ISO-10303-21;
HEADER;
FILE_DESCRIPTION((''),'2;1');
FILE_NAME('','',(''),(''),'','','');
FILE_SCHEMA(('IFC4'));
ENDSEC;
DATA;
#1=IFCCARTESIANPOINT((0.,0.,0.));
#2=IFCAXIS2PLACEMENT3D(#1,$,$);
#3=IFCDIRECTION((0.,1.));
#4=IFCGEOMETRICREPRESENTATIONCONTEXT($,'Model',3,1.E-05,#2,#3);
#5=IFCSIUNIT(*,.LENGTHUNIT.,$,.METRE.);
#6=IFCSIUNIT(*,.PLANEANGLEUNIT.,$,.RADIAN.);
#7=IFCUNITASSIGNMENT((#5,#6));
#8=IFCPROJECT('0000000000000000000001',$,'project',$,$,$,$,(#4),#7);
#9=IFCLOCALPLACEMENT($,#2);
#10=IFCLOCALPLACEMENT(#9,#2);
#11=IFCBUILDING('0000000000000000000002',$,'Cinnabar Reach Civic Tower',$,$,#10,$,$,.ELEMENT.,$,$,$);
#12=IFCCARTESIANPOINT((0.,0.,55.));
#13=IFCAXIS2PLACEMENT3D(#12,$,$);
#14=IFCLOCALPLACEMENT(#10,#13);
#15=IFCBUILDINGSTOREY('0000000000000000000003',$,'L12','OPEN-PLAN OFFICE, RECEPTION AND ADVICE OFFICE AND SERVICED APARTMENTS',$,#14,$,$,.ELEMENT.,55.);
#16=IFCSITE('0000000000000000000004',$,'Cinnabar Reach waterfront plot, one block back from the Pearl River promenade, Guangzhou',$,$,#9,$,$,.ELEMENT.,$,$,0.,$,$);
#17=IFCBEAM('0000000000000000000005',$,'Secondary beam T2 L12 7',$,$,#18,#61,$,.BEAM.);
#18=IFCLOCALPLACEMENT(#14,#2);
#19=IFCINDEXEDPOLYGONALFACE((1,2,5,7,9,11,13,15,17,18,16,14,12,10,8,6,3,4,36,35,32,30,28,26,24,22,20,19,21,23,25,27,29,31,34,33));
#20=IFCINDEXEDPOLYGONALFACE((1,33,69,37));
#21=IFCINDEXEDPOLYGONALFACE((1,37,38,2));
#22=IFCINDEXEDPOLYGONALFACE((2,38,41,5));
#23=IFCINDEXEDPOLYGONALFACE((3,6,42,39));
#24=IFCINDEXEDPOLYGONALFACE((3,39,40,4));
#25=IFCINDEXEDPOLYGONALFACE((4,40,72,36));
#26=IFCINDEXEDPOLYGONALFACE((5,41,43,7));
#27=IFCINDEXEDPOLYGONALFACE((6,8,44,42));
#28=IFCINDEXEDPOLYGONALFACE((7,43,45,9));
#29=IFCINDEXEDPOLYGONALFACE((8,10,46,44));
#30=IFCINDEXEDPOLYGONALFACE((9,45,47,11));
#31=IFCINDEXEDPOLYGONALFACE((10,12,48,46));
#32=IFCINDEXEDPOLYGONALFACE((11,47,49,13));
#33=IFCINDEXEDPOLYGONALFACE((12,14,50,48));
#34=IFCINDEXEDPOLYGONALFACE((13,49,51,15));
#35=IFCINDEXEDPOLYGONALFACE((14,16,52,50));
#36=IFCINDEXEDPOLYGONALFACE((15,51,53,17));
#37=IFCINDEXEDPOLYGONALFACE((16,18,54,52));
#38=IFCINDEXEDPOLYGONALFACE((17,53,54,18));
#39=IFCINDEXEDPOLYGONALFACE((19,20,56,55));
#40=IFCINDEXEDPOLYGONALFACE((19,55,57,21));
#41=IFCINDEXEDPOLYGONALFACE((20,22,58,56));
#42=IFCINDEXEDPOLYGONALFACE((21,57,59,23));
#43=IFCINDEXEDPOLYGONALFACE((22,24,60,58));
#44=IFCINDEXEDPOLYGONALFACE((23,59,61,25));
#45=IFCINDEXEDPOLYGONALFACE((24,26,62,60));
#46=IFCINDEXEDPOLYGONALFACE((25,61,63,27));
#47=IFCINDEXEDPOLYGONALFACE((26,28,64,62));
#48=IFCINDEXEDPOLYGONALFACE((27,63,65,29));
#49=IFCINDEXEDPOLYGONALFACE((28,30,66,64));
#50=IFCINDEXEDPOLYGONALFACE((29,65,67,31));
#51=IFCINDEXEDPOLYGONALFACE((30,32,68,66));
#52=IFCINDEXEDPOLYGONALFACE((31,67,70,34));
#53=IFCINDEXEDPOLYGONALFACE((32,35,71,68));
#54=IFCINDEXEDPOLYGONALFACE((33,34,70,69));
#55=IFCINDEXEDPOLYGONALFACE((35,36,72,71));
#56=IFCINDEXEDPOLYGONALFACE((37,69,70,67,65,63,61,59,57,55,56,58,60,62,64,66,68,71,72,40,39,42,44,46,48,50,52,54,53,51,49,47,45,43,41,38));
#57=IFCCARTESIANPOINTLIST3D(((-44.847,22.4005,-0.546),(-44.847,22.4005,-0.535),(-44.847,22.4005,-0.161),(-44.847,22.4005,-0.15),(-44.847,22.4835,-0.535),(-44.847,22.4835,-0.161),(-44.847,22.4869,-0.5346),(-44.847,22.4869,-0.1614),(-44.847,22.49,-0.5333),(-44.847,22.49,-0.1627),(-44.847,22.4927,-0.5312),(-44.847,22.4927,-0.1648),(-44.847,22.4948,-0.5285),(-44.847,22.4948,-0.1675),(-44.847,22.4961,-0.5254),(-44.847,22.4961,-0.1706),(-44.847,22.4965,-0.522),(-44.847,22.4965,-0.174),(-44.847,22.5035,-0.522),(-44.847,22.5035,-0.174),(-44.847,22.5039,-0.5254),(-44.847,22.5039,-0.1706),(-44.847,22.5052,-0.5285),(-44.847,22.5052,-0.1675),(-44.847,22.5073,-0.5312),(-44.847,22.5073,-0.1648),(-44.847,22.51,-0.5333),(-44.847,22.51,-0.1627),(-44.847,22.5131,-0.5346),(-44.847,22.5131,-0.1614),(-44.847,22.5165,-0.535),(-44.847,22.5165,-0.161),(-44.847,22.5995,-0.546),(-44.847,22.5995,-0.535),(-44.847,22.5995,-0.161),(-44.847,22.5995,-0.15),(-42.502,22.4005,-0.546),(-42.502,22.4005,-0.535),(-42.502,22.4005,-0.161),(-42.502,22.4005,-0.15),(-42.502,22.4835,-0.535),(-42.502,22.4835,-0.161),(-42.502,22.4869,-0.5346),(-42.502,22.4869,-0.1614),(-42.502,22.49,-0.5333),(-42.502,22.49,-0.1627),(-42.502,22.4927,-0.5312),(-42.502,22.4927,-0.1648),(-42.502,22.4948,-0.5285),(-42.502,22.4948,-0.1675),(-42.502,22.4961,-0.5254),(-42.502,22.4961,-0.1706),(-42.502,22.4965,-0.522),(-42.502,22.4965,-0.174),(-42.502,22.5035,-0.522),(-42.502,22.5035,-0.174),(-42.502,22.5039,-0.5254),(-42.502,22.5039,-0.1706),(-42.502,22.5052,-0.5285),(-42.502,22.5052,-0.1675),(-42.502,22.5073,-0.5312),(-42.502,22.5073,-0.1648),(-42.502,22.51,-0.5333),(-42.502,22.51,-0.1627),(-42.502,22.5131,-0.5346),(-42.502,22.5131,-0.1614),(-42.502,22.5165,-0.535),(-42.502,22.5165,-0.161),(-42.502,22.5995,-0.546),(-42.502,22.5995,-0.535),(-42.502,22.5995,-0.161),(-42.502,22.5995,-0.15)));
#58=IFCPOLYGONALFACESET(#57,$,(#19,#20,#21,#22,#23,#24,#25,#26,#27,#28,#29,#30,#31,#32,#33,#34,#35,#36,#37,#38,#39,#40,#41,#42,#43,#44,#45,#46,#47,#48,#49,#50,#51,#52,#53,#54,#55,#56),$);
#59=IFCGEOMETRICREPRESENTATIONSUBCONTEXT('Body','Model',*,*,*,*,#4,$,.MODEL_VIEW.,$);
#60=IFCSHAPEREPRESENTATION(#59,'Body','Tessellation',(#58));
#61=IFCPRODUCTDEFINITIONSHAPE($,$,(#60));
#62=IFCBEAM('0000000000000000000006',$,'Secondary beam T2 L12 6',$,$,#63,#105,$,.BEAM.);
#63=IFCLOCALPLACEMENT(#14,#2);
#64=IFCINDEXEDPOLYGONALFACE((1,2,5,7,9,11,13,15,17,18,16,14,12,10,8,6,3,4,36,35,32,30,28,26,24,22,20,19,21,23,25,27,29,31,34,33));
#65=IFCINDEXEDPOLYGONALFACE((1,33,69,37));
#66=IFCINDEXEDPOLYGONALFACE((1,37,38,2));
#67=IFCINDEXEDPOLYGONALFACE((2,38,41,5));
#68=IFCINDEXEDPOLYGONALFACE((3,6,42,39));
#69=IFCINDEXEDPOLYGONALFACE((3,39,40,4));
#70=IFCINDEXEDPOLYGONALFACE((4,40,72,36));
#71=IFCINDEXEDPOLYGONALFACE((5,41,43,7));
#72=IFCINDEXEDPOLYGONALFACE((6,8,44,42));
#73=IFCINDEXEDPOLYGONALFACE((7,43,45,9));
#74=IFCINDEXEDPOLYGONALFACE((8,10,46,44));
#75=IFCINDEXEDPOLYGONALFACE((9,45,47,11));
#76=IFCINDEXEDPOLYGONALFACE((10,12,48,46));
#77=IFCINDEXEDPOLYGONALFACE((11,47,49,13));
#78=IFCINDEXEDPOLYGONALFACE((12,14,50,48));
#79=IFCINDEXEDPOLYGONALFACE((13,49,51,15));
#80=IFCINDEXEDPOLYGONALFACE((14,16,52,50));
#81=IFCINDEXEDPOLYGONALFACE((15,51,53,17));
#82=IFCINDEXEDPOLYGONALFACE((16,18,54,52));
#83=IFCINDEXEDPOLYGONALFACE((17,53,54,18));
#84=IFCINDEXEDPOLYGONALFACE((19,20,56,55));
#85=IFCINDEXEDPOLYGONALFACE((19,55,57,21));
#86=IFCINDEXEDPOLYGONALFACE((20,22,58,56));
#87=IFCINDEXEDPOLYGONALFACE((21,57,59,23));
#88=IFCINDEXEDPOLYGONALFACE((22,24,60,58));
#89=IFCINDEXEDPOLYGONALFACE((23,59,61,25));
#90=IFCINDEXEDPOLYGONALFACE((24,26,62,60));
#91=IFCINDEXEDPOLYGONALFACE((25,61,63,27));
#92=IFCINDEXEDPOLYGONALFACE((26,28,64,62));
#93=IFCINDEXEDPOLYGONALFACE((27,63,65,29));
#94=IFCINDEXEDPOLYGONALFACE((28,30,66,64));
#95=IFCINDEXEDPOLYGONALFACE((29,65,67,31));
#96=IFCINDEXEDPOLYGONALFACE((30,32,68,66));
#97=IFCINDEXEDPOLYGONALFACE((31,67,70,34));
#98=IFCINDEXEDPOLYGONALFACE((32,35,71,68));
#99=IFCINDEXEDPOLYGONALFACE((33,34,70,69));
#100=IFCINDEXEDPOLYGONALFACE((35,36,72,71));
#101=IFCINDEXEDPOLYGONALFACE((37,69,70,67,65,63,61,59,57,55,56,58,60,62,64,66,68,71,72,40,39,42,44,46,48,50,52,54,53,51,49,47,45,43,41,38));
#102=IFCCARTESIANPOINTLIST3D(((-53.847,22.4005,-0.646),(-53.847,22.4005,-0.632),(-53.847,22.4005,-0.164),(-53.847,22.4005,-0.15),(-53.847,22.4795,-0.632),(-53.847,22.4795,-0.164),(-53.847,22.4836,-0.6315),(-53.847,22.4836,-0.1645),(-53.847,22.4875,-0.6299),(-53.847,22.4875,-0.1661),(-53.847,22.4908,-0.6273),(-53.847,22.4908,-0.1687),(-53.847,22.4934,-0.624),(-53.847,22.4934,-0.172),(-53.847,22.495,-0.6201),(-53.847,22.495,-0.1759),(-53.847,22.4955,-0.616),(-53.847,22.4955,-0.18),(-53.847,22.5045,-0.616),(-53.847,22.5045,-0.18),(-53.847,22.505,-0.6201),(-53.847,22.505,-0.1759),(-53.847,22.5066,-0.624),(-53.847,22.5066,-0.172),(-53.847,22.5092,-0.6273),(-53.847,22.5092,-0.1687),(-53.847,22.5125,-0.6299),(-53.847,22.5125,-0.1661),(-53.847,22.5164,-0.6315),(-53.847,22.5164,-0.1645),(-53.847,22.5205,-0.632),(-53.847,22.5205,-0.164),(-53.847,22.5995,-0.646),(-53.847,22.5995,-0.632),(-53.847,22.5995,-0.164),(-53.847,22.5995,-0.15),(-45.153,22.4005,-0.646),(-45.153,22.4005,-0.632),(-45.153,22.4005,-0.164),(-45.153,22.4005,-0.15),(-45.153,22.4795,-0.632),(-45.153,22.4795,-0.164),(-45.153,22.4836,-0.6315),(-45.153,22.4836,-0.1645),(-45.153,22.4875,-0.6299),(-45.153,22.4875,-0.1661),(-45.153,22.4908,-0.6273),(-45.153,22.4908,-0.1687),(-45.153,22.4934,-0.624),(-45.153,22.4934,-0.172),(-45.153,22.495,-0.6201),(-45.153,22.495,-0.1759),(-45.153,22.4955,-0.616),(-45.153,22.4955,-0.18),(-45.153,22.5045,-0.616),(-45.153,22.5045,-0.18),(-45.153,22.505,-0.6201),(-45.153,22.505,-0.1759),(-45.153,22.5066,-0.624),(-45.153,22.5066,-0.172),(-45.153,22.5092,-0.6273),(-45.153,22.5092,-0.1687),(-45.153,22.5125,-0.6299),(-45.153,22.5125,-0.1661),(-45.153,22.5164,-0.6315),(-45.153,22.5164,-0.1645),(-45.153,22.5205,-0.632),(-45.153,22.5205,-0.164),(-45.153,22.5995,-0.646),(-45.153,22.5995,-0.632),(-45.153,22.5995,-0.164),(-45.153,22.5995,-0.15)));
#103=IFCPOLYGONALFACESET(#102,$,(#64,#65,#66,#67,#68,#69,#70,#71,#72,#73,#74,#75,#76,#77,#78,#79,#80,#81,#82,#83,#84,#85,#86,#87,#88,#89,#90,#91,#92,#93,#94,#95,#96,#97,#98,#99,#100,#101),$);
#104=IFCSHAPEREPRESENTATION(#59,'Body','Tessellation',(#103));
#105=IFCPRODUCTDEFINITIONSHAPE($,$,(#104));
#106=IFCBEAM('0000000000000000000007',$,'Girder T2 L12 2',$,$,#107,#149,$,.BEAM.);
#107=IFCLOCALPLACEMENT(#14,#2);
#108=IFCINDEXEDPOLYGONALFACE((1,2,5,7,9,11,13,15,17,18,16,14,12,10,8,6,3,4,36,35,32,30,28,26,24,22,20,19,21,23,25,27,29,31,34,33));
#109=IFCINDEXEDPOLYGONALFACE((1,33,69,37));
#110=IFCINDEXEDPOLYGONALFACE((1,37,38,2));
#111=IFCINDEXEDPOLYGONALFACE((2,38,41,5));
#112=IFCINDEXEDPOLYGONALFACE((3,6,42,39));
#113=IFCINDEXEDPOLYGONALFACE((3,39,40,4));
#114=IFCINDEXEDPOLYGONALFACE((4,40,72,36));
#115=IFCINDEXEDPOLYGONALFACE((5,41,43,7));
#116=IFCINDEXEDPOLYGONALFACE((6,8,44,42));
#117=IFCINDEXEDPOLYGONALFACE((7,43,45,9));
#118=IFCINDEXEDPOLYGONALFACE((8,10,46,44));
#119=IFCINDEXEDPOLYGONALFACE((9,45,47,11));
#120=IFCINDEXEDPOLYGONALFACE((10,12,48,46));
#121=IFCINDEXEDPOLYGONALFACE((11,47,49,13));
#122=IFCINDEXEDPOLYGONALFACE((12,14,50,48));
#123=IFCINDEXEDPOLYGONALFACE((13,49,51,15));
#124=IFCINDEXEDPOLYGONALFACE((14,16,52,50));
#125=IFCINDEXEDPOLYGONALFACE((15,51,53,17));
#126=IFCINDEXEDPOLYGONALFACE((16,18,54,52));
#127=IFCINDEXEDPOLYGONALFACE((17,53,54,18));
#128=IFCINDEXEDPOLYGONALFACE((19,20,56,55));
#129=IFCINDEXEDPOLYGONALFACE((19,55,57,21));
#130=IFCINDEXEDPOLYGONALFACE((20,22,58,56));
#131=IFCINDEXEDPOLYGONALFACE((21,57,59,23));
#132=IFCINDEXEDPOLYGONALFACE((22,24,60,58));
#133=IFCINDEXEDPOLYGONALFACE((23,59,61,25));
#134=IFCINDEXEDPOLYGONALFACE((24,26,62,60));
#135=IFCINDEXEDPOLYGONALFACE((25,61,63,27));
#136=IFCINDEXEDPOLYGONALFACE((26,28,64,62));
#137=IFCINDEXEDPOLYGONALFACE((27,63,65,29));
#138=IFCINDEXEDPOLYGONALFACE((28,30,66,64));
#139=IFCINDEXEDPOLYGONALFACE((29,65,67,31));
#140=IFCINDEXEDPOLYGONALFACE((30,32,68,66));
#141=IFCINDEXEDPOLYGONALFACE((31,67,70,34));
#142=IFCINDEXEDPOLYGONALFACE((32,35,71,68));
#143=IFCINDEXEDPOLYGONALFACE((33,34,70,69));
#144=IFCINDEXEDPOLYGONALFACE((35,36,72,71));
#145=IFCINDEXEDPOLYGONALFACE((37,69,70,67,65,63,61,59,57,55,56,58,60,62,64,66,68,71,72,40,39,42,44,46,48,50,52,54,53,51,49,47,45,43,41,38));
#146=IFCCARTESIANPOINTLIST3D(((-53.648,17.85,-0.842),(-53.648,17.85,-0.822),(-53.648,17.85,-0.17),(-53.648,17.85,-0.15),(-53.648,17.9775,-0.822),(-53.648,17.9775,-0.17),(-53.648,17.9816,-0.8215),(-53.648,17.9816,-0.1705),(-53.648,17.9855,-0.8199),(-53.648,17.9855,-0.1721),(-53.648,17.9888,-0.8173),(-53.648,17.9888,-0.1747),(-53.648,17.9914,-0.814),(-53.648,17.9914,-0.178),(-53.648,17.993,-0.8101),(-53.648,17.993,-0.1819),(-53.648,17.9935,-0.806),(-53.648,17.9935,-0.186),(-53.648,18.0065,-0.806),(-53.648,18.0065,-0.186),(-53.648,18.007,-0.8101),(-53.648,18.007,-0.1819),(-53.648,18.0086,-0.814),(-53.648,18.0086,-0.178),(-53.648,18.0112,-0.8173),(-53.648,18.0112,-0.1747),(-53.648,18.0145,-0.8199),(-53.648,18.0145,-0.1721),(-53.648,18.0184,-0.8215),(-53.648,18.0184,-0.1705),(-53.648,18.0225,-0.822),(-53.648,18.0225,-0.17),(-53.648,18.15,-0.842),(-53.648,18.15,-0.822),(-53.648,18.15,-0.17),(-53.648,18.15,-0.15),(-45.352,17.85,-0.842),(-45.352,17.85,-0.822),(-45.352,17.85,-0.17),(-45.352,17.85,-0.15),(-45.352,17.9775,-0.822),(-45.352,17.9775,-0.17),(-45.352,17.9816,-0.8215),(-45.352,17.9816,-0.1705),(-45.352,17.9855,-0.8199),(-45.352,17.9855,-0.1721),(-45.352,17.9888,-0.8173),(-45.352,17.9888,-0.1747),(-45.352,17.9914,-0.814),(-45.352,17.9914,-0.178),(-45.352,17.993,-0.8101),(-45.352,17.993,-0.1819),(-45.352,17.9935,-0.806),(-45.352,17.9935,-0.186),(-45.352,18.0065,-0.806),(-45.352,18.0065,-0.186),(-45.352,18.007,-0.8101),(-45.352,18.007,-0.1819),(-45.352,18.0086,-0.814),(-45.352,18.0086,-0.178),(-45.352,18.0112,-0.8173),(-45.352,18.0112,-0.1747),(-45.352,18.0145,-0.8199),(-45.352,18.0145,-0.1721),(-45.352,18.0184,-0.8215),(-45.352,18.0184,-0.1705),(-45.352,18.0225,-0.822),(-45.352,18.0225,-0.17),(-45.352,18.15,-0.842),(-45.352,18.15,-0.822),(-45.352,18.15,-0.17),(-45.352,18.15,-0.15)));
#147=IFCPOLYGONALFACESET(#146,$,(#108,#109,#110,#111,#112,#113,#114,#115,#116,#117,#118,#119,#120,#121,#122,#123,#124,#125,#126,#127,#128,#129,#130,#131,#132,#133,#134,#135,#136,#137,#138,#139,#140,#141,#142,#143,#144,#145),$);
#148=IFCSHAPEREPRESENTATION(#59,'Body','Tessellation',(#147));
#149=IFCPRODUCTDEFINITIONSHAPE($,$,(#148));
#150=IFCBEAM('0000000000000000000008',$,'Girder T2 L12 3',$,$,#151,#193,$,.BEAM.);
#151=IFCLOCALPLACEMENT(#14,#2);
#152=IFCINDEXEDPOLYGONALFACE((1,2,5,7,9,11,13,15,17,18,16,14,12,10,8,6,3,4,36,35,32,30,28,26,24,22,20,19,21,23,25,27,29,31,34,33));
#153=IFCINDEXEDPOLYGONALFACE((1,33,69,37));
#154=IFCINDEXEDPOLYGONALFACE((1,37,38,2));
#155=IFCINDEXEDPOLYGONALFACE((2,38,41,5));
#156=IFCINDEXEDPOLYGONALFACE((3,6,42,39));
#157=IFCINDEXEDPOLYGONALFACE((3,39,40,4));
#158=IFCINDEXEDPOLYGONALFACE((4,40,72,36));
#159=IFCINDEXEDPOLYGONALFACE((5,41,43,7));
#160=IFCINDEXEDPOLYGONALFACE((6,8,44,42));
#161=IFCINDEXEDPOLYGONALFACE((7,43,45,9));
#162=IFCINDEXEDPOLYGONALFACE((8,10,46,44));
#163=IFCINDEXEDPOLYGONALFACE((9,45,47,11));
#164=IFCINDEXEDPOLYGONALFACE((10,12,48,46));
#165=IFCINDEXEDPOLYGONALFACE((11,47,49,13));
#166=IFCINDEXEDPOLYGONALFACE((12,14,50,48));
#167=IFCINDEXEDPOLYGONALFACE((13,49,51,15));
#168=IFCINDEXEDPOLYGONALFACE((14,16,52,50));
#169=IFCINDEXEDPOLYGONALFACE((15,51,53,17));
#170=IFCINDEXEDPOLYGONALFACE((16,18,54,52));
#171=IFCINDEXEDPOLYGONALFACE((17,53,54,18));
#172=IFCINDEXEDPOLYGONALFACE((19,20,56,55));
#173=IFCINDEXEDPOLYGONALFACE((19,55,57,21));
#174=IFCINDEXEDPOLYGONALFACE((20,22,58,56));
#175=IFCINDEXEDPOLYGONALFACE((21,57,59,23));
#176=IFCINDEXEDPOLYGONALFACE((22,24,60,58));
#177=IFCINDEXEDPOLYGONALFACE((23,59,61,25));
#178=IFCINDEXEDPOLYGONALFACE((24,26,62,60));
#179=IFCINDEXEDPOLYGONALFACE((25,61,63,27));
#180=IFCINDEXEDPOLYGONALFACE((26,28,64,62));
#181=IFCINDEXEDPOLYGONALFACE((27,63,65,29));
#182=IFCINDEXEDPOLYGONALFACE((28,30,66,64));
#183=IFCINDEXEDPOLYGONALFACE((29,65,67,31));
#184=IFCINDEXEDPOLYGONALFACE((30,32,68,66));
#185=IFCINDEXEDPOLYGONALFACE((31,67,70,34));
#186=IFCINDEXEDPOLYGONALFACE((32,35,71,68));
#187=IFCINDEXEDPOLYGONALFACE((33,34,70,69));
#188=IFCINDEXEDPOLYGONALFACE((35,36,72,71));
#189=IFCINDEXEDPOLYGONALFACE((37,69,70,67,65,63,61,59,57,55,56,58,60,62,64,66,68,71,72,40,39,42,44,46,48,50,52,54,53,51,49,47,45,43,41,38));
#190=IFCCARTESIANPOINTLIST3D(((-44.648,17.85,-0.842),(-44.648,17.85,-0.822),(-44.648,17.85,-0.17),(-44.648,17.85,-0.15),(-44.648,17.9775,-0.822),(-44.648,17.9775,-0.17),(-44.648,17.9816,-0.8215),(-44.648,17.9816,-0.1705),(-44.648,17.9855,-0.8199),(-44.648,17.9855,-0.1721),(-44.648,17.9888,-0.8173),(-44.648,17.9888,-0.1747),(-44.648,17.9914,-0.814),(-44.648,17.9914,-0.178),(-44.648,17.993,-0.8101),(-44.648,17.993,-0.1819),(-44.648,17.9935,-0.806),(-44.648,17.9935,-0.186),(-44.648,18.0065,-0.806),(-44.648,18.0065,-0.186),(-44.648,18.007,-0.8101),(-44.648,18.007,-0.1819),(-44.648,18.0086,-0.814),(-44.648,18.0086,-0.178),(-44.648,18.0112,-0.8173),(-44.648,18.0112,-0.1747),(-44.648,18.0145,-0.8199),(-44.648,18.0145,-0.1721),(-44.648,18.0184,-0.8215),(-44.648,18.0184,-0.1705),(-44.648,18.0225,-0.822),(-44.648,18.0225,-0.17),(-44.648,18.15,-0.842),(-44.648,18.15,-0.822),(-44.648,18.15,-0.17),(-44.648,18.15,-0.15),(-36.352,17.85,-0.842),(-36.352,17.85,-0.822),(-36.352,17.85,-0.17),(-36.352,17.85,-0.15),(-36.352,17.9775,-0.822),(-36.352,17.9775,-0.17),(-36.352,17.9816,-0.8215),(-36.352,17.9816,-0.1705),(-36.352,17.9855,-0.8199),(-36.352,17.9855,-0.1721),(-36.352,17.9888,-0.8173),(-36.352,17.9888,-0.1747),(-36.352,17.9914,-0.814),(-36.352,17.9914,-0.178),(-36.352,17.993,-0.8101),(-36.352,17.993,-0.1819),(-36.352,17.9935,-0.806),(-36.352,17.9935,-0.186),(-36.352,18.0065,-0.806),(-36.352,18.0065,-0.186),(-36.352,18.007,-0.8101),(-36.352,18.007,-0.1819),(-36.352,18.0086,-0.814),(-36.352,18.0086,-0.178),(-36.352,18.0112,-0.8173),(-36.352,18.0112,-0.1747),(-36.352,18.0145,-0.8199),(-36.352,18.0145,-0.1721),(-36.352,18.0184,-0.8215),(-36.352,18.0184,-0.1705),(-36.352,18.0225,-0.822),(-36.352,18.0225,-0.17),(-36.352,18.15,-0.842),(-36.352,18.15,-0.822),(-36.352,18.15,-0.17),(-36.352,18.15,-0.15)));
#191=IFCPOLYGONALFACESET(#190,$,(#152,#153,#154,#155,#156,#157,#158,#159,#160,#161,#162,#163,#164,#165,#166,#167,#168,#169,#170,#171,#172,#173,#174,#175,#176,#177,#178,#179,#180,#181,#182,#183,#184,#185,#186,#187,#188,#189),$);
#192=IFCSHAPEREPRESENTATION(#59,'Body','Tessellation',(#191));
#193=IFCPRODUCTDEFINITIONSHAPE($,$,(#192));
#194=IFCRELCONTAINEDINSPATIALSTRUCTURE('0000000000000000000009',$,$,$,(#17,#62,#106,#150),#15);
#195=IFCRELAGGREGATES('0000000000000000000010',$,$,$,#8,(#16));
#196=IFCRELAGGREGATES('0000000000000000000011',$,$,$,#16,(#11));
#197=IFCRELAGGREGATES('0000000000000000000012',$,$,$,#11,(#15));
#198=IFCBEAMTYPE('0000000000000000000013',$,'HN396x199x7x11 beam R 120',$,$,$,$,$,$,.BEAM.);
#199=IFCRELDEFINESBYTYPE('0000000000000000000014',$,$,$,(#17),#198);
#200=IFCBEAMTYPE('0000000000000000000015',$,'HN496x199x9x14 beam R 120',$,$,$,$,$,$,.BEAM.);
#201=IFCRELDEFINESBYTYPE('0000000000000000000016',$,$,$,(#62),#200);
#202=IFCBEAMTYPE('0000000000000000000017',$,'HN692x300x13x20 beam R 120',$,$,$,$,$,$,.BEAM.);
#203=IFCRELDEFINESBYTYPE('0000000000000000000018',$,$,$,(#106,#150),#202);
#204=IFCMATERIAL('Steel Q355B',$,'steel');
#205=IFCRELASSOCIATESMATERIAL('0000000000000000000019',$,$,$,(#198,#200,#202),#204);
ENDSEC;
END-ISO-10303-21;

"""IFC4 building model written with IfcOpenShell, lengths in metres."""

from ifc_helpers import new_model, si_unit, direction, frame, origin, origin_2d, place, context, subcontext, project, spatial, i_section, extrude, material, material_profile, profile_set, type_object, element, save


model = new_model("IFC4")

# Units and contexts
model_context = context("Model", 3, precision=1e-05, world=origin(), true_north=direction((0.0, 1.0)))
body_context = subcontext(model_context, "Body", "Model", "MODEL_VIEW")
ifc_project = project(units=[si_unit("LENGTHUNIT", "METRE"), si_unit("PLANEANGLEUNIT", "RADIAN")], contexts=[model_context])

# Site, building, storey
site_placement = place(None, origin())
site = spatial("IfcSite", under=ifc_project, at=site_placement, Name="Cinnabar Reach waterfront plot, one block back from the Pearl River promenade, Guangzhou", CompositionType="ELEMENT", RefElevation=0.0)
building_placement = place(site_placement, origin())
building = spatial("IfcBuilding", under=site, at=building_placement, Name="Cinnabar Reach Civic Tower", CompositionType="ELEMENT")
storey_placement = place(building_placement, frame((0.0, 0.0, 55.0)))
storey = spatial("IfcBuildingStorey", under=building, at=storey_placement, Name="L12", Description="OPEN-PLAN OFFICE, RECEPTION AND ADVICE OFFICE AND SERVICED APARTMENTS", CompositionType="ELEMENT", Elevation=55.0)

# Beams
ifc_material_1 = material(Name="Steel Q355B", Category="steel")
ifc_material_profile_1 = material_profile(ifc_material_1, i_section(OverallWidth=0.199, OverallDepth=0.396, WebThickness=0.007, FlangeThickness=0.011, FilletRadius=0.013, at=origin_2d()), Name="HN396x199x7x11")
ifc_profile_set_1 = profile_set([ifc_material_profile_1], Name="Steel Q355B")
beam_type_1 = type_object("IfcBeamType", Name="HN396x199x7x11 beam R 120", PredefinedType="BEAM", material=ifc_profile_set_1)
beam_1_placement = place(storey_placement, frame((-44.847, 22.5, -0.348), z_axis=(1.0, 0.0, 0.0), x_axis=(0.0, 1.0, 0.0)))
element("IfcBeam", 1, at=beam_1_placement, inside=storey, type_object=beam_type_1, Name="Secondary beam T2 L12 7", PredefinedType="BEAM", context=body_context, shape_type="SweptSolid", body=[
    extrude(i_section(OverallWidth=0.199, OverallDepth=0.396, WebThickness=0.007, FlangeThickness=0.011, FilletRadius=0.013, at=origin_2d()), origin(), (0.0, 0.0, 1.0), 2.345),
])
ifc_material_profile_2 = material_profile(ifc_material_1, i_section(OverallWidth=0.199, OverallDepth=0.496, WebThickness=0.009, FlangeThickness=0.014, FilletRadius=0.016, at=origin_2d()), Name="HN496x199x9x14")
ifc_profile_set_2 = profile_set([ifc_material_profile_2], Name="Steel Q355B")
beam_type_2 = type_object("IfcBeamType", Name="HN496x199x9x14 beam R 120", PredefinedType="BEAM", material=ifc_profile_set_2)
beam_2_placement = place(storey_placement, frame((-53.847, 22.5, -0.398), z_axis=(1.0, 0.0, 0.0), x_axis=(0.0, 1.0, 0.0)))
element("IfcBeam", 2, at=beam_2_placement, inside=storey, type_object=beam_type_2, Name="Secondary beam T2 L12 6", PredefinedType="BEAM", context=body_context, shape_type="SweptSolid", body=[
    extrude(i_section(OverallWidth=0.199, OverallDepth=0.496, WebThickness=0.009, FlangeThickness=0.014, FilletRadius=0.016, at=origin_2d()), origin(), (0.0, 0.0, 1.0), 8.694),
])
ifc_material_profile_3 = material_profile(ifc_material_1, i_section(OverallWidth=0.3, OverallDepth=0.692, WebThickness=0.013, FlangeThickness=0.02, FilletRadius=0.016, at=origin_2d()), Name="HN692x300x13x20")
ifc_profile_set_3 = profile_set([ifc_material_profile_3], Name="Steel Q355B")
beam_type_3 = type_object("IfcBeamType", Name="HN692x300x13x20 beam R 120", PredefinedType="BEAM", material=ifc_profile_set_3)
for number, where, z_axis, x_axis, name in (
    (3, (-53.648, 18.0, -0.496), (1.0, 0.0, 0.0), (0.0, 1.0, 0.0), "Girder T2 L12 2"),
    (4, (-44.648, 18.0, -0.496), (1.0, 0.0, 0.0), (0.0, 1.0, 0.0), "Girder T2 L12 3"),
):
    element("IfcBeam", number, at=place(storey_placement, frame(where, z_axis=z_axis, x_axis=x_axis)), inside=storey, type_object=beam_type_3, Name=name, PredefinedType="BEAM", context=body_context, shape_type="SweptSolid", body=[
        extrude(i_section(OverallWidth=0.3, OverallDepth=0.692, WebThickness=0.013, FlangeThickness=0.02, FilletRadius=0.016, at=origin_2d()), origin(), (0.0, 0.0, 1.0), 8.296),
    ])

save(model, "model.ifc")
